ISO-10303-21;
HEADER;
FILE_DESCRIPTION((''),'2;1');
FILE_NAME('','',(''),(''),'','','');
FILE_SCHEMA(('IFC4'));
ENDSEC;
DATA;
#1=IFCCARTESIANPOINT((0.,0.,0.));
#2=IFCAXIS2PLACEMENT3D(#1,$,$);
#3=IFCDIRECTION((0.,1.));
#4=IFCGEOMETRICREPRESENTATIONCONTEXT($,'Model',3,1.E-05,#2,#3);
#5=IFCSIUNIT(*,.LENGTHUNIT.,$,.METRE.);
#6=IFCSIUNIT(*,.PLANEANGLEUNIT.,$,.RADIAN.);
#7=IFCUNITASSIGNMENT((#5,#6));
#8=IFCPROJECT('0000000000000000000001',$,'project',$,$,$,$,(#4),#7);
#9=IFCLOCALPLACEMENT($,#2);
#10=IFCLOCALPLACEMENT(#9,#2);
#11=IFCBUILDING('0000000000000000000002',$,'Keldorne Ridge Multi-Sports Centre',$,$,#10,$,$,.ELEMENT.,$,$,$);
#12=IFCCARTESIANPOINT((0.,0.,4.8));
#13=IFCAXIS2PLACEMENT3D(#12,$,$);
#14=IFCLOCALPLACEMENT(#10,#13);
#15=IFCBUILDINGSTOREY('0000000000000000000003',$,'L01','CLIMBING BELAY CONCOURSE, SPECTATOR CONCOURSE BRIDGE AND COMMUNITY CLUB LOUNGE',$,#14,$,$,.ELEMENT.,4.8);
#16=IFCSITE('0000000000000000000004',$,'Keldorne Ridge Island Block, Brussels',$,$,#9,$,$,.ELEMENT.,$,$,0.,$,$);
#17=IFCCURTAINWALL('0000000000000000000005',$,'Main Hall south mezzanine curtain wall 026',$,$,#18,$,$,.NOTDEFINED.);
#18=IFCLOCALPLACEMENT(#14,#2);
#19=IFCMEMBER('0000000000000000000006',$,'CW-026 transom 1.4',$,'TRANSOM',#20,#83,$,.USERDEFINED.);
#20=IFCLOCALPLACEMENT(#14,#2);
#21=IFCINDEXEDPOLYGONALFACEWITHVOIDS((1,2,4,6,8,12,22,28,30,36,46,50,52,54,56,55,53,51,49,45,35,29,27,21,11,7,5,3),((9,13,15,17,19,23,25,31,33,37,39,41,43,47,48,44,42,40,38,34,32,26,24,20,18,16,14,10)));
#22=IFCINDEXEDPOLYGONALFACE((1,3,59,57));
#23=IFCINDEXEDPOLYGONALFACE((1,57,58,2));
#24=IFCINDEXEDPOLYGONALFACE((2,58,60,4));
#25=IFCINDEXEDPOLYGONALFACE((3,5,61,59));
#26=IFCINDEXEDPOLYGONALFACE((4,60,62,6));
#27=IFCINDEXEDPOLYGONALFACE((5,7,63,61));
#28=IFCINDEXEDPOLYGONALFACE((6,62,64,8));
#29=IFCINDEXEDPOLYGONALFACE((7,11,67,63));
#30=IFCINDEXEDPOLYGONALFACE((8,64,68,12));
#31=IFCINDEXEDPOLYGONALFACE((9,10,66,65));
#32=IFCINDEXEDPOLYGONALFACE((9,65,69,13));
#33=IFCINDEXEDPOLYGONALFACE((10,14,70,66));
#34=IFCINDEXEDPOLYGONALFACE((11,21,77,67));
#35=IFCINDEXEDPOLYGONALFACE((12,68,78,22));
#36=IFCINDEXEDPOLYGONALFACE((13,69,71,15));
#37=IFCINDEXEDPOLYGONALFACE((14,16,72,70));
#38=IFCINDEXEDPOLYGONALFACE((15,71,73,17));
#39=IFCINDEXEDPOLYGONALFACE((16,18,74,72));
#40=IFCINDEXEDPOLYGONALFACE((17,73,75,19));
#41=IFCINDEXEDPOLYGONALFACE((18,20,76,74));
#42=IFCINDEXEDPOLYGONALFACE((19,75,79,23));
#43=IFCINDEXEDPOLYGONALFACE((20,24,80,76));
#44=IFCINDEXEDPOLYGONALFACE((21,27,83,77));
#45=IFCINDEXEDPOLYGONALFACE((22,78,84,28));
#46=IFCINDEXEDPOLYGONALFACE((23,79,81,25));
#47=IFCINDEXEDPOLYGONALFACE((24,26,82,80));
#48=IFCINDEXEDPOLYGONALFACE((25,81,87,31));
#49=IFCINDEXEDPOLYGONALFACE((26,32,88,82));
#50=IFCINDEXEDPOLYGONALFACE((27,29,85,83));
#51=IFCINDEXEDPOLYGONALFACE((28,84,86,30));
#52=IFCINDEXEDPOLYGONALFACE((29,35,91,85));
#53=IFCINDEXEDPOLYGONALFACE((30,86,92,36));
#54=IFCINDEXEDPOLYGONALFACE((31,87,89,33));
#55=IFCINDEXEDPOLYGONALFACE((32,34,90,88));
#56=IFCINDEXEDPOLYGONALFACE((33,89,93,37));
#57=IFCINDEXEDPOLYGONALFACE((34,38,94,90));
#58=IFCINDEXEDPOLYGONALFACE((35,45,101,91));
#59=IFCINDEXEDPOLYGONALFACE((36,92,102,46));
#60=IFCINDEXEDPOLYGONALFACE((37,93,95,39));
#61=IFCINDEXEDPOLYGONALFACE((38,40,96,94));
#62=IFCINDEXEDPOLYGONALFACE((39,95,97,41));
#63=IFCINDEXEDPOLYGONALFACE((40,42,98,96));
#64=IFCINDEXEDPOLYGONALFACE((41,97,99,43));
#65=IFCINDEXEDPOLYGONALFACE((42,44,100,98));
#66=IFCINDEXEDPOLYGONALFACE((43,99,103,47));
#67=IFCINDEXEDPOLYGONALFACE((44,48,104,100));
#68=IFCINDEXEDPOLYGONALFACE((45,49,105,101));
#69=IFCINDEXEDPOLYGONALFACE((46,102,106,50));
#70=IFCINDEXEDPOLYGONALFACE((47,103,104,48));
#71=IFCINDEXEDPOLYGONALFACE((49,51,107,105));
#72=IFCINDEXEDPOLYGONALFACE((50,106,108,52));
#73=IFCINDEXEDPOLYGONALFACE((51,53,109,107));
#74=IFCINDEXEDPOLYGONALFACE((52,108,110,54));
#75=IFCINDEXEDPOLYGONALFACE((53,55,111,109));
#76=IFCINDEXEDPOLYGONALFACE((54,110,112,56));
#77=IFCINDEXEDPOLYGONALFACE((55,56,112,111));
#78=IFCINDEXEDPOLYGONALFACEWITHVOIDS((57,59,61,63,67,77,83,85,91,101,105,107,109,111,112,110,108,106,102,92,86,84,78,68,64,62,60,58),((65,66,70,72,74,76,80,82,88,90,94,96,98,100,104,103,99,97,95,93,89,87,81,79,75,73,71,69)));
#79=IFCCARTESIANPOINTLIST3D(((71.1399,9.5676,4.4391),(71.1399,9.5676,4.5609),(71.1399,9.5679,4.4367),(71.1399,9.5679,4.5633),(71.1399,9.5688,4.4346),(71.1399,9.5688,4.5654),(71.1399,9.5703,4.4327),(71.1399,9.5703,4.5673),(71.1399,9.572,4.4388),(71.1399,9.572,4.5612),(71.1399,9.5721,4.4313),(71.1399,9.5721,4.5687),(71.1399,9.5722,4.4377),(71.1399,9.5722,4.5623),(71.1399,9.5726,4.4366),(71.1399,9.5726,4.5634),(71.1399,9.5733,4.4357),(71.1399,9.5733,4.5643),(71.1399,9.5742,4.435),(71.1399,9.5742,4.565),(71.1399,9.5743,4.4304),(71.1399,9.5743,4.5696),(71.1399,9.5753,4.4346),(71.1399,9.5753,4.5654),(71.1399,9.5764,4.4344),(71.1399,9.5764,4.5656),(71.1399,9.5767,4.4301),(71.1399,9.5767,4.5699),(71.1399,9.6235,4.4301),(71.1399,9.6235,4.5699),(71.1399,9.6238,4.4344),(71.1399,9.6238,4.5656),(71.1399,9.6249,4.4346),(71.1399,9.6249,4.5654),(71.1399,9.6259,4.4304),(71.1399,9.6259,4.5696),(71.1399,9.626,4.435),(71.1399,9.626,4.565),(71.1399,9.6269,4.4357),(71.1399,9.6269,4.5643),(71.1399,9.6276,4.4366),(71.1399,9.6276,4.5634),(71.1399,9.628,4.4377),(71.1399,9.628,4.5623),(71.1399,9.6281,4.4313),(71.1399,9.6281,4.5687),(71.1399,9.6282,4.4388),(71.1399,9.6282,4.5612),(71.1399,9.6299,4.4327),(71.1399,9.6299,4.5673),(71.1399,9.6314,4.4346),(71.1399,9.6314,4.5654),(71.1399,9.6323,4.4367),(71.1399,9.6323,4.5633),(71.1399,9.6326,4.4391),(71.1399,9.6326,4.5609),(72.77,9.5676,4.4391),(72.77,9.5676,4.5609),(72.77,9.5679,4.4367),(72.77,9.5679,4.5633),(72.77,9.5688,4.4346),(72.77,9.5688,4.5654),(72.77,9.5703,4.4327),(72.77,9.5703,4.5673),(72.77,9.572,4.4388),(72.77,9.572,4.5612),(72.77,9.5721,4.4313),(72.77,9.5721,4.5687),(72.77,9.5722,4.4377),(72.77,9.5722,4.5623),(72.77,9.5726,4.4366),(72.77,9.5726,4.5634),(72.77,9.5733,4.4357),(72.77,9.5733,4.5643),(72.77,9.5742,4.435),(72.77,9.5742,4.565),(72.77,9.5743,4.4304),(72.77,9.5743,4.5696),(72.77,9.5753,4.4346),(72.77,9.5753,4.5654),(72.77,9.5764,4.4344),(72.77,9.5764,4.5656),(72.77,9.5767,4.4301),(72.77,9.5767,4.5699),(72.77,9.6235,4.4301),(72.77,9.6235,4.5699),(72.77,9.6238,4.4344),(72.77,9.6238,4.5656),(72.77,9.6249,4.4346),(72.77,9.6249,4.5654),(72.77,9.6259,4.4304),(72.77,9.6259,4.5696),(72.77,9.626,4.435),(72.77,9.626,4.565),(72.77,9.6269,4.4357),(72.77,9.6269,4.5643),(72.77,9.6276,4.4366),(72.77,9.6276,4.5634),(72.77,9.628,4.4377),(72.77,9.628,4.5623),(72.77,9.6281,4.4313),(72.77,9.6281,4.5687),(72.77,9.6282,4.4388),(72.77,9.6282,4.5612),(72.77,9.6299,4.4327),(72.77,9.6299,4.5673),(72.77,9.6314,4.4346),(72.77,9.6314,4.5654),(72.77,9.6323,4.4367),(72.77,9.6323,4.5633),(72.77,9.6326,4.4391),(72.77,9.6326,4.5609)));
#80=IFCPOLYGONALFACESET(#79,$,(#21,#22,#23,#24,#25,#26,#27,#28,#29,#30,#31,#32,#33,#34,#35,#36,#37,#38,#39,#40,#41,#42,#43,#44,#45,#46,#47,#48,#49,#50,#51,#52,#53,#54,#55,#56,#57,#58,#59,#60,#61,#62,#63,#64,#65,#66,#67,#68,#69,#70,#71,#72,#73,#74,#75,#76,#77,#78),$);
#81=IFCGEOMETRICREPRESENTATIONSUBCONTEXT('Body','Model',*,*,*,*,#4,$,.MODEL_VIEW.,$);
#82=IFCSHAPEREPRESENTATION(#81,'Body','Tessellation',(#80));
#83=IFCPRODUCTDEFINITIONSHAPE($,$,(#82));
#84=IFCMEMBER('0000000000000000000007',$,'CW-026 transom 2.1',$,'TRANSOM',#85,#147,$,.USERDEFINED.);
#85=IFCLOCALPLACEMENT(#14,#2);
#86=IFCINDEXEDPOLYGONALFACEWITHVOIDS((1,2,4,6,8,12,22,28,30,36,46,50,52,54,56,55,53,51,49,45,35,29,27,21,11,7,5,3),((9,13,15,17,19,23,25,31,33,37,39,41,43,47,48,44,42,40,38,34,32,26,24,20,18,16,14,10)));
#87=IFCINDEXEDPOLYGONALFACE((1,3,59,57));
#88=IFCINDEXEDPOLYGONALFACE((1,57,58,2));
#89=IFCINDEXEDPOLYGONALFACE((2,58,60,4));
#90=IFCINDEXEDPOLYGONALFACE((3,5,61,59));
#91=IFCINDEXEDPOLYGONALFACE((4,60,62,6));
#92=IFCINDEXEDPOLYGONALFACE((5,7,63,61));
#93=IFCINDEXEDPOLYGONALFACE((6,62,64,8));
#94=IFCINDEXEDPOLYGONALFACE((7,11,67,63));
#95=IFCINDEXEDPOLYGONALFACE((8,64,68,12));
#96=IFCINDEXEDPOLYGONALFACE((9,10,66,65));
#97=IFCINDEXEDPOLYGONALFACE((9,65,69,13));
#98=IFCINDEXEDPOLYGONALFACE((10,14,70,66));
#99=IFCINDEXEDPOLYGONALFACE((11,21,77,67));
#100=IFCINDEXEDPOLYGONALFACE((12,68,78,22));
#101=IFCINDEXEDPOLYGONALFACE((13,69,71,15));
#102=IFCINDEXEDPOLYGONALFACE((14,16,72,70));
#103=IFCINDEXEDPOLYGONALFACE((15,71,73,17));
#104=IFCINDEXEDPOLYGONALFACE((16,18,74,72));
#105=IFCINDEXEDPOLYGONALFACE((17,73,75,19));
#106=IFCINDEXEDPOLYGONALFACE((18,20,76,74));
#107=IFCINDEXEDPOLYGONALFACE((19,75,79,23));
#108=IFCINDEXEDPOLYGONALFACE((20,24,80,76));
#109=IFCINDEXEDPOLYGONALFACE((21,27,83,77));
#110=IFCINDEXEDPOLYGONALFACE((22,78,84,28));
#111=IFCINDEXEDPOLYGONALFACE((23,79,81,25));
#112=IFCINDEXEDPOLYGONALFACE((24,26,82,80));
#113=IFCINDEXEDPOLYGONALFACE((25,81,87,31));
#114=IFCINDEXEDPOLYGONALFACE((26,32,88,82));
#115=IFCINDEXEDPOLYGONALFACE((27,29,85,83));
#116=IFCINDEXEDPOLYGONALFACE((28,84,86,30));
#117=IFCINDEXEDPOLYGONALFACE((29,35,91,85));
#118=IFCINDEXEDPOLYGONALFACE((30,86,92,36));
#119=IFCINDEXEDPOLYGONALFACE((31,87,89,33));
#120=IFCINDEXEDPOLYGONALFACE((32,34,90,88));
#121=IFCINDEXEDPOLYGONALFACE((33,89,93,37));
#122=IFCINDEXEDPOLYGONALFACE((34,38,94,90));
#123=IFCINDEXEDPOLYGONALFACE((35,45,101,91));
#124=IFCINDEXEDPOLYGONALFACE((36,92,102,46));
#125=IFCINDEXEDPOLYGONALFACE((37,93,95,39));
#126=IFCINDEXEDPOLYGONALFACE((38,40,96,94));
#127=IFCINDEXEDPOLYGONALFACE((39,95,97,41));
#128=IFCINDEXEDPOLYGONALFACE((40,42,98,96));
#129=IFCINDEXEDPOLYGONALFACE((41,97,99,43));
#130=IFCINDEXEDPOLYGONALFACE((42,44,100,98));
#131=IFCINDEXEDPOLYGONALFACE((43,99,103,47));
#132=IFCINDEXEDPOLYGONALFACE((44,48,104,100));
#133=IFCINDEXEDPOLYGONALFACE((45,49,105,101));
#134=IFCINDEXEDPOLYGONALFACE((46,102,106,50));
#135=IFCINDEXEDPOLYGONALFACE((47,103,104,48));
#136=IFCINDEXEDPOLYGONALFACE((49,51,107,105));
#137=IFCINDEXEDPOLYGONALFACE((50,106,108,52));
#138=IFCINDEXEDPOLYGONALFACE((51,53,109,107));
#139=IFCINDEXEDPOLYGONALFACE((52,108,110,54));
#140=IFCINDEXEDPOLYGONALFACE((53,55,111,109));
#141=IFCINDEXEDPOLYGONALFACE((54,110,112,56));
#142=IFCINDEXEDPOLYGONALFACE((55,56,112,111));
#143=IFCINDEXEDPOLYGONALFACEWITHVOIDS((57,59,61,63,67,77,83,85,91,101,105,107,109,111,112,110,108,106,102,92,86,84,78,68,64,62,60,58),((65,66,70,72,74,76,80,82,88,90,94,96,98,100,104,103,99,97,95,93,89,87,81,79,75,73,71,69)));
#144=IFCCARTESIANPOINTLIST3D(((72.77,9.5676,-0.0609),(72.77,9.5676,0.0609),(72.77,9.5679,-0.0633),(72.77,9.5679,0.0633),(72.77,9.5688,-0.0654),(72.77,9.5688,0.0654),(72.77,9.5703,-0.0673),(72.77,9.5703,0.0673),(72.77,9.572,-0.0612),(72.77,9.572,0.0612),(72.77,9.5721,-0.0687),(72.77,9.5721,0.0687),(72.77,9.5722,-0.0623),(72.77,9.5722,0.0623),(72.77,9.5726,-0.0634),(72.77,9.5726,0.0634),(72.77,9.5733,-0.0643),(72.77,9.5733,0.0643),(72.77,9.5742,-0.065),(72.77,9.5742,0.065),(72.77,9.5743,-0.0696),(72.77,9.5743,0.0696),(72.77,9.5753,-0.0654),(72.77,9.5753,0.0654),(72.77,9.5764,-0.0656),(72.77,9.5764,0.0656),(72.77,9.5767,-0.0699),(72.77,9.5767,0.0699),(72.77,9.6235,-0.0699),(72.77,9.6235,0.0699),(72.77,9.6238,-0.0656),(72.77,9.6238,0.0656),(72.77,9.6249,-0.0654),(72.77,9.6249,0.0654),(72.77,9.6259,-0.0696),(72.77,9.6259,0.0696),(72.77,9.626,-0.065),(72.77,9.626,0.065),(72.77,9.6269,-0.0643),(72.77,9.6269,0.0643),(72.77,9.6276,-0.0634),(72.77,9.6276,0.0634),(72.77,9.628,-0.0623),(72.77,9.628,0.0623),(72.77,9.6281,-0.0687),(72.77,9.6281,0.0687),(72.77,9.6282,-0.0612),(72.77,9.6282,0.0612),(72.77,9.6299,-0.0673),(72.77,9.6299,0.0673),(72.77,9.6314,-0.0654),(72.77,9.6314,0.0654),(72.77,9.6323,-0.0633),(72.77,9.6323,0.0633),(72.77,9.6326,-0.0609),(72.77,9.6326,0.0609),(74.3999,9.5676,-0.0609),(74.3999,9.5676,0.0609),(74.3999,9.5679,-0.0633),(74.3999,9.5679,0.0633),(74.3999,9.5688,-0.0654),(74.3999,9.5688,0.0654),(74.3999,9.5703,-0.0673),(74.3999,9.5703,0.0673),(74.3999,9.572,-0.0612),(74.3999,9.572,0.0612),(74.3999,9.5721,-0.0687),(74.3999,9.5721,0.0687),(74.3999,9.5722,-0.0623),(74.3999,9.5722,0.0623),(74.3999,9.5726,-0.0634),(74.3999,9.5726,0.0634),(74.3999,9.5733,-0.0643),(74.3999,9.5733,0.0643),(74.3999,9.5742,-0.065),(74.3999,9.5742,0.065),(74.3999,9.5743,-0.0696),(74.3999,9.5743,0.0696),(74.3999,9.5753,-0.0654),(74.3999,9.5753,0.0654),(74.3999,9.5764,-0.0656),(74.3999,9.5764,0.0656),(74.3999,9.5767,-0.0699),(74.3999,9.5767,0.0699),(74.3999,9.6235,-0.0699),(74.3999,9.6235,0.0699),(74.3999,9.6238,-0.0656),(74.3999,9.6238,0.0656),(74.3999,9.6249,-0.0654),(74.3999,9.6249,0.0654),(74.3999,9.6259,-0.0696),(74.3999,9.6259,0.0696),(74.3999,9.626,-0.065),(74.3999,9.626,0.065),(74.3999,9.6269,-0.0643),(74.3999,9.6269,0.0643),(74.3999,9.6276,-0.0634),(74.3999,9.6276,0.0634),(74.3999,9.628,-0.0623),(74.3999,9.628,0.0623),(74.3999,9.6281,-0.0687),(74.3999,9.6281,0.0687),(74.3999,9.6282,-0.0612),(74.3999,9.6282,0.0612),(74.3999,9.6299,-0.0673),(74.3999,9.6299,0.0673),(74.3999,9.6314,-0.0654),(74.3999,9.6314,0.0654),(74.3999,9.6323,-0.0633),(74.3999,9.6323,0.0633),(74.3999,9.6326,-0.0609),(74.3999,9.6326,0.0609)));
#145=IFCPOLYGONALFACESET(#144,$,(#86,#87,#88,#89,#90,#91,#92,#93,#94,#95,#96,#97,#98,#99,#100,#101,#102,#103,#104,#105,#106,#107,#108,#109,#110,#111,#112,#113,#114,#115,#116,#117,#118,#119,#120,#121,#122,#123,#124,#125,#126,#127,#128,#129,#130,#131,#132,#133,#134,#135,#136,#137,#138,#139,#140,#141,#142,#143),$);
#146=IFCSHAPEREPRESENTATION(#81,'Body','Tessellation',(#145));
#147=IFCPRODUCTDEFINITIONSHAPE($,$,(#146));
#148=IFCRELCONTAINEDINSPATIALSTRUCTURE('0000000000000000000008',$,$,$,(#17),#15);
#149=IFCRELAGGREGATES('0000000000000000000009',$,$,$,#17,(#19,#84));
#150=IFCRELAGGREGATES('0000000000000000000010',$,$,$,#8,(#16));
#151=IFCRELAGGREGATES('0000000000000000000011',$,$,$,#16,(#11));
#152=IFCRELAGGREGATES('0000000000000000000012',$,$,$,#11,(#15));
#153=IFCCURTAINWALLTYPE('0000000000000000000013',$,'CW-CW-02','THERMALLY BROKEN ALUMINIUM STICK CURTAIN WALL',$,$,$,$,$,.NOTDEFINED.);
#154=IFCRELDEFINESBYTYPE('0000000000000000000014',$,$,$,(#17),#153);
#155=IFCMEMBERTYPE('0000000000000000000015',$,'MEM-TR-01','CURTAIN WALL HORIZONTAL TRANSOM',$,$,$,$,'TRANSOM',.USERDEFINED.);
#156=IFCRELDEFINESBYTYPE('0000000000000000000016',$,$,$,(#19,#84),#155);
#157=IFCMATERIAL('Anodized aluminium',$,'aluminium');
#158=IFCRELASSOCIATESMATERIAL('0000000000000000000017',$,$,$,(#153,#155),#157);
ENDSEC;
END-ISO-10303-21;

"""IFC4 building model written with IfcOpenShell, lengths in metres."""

from ifc_helpers import new_model, si_unit, direction, frame, origin, origin_2d, place, context, subcontext, project, spatial, hollow_rectangle, extrude, material, material_profile, profile_set, type_object, element, aggregate, save


model = new_model("IFC4")

# Units and contexts
model_context = context("Model", 3, precision=1e-05, world=origin(), true_north=direction((0.0, 1.0)))
body_context = subcontext(model_context, "Body", "Model", "MODEL_VIEW")
ifc_project = project(units=[si_unit("LENGTHUNIT", "METRE"), si_unit("PLANEANGLEUNIT", "RADIAN")], contexts=[model_context])

# Site, building, storey
site_placement = place(None, origin())
site = spatial("IfcSite", under=ifc_project, at=site_placement, Name="Keldorne Ridge Island Block, Brussels", CompositionType="ELEMENT", RefElevation=0.0)
building_placement = place(site_placement, origin())
building = spatial("IfcBuilding", under=site, at=building_placement, Name="Keldorne Ridge Multi-Sports Centre", CompositionType="ELEMENT")
storey_placement = place(building_placement, frame((0.0, 0.0, 4.8)))
storey = spatial("IfcBuildingStorey", under=building, at=storey_placement, Name="L01", Description="CLIMBING BELAY CONCOURSE, SPECTATOR CONCOURSE BRIDGE AND COMMUNITY CLUB LOUNGE", CompositionType="ELEMENT", Elevation=4.8)

# Curtain wall, members
ifc_material_1 = material(Name="Anodized aluminium", Category="aluminium")
curtain_wall_type = type_object("IfcCurtainWallType", Name="CW-CW-02", Description="THERMALLY BROKEN ALUMINIUM STICK CURTAIN WALL", PredefinedType="NOTDEFINED", material=ifc_material_1)
curtain_wall_placement = place(storey_placement, origin())
curtain_wall = element("IfcCurtainWall", 1, at=curtain_wall_placement, inside=storey, type_object=curtain_wall_type, Name="Main Hall south mezzanine curtain wall 026", PredefinedType="NOTDEFINED")
ifc_material_profile_1 = material_profile(ifc_material_1, hollow_rectangle(XDim=0.0649, YDim=0.1399, WallThickness=0.0044, InnerFilletRadius=0.0044, OuterFilletRadius=0.009, at=origin_2d()), Name="ALU TRANSOM 140x65x4.5")
ifc_profile_set_1 = profile_set([ifc_material_profile_1], Name="Anodized aluminium")
member_type_1 = type_object("IfcMemberType", Name="MEM-TR-01", Description="CURTAIN WALL HORIZONTAL TRANSOM", ElementType="TRANSOM", PredefinedType="USERDEFINED", material=ifc_profile_set_1)
member_1_placement = place(storey_placement, frame((71.1399, 9.6001, 4.5), z_axis=(1.0, 0.0, 0.0), x_axis=(0.0, 1.0, 0.0)))
member_1 = element("IfcMember", 2, at=member_1_placement, type_object=member_type_1, Name="CW-026 transom 1.4", ObjectType="TRANSOM", PredefinedType="USERDEFINED", context=body_context, shape_type="SweptSolid", body=[
    extrude(hollow_rectangle(XDim=0.0649, YDim=0.1399, WallThickness=0.0044, InnerFilletRadius=0.0044, OuterFilletRadius=0.009, at=origin_2d()), origin(), (0.0, 0.0, 1.0), 1.6301),
])
member_2_placement = place(storey_placement, frame((72.77, 9.6001, 0.0), z_axis=(1.0, 0.0, 0.0), x_axis=(0.0, 1.0, 0.0)))
member_2 = element("IfcMember", 3, at=member_2_placement, type_object=member_type_1, Name="CW-026 transom 2.1", ObjectType="TRANSOM", PredefinedType="USERDEFINED", context=body_context, shape_type="SweptSolid", body=[
    extrude(hollow_rectangle(XDim=0.0649, YDim=0.1399, WallThickness=0.0044, InnerFilletRadius=0.0044, OuterFilletRadius=0.009, at=origin_2d()), origin(), (0.0, 0.0, 1.0), 1.6299),
])
aggregate(curtain_wall, [member_1, member_2])

save(model, "model.ifc")
